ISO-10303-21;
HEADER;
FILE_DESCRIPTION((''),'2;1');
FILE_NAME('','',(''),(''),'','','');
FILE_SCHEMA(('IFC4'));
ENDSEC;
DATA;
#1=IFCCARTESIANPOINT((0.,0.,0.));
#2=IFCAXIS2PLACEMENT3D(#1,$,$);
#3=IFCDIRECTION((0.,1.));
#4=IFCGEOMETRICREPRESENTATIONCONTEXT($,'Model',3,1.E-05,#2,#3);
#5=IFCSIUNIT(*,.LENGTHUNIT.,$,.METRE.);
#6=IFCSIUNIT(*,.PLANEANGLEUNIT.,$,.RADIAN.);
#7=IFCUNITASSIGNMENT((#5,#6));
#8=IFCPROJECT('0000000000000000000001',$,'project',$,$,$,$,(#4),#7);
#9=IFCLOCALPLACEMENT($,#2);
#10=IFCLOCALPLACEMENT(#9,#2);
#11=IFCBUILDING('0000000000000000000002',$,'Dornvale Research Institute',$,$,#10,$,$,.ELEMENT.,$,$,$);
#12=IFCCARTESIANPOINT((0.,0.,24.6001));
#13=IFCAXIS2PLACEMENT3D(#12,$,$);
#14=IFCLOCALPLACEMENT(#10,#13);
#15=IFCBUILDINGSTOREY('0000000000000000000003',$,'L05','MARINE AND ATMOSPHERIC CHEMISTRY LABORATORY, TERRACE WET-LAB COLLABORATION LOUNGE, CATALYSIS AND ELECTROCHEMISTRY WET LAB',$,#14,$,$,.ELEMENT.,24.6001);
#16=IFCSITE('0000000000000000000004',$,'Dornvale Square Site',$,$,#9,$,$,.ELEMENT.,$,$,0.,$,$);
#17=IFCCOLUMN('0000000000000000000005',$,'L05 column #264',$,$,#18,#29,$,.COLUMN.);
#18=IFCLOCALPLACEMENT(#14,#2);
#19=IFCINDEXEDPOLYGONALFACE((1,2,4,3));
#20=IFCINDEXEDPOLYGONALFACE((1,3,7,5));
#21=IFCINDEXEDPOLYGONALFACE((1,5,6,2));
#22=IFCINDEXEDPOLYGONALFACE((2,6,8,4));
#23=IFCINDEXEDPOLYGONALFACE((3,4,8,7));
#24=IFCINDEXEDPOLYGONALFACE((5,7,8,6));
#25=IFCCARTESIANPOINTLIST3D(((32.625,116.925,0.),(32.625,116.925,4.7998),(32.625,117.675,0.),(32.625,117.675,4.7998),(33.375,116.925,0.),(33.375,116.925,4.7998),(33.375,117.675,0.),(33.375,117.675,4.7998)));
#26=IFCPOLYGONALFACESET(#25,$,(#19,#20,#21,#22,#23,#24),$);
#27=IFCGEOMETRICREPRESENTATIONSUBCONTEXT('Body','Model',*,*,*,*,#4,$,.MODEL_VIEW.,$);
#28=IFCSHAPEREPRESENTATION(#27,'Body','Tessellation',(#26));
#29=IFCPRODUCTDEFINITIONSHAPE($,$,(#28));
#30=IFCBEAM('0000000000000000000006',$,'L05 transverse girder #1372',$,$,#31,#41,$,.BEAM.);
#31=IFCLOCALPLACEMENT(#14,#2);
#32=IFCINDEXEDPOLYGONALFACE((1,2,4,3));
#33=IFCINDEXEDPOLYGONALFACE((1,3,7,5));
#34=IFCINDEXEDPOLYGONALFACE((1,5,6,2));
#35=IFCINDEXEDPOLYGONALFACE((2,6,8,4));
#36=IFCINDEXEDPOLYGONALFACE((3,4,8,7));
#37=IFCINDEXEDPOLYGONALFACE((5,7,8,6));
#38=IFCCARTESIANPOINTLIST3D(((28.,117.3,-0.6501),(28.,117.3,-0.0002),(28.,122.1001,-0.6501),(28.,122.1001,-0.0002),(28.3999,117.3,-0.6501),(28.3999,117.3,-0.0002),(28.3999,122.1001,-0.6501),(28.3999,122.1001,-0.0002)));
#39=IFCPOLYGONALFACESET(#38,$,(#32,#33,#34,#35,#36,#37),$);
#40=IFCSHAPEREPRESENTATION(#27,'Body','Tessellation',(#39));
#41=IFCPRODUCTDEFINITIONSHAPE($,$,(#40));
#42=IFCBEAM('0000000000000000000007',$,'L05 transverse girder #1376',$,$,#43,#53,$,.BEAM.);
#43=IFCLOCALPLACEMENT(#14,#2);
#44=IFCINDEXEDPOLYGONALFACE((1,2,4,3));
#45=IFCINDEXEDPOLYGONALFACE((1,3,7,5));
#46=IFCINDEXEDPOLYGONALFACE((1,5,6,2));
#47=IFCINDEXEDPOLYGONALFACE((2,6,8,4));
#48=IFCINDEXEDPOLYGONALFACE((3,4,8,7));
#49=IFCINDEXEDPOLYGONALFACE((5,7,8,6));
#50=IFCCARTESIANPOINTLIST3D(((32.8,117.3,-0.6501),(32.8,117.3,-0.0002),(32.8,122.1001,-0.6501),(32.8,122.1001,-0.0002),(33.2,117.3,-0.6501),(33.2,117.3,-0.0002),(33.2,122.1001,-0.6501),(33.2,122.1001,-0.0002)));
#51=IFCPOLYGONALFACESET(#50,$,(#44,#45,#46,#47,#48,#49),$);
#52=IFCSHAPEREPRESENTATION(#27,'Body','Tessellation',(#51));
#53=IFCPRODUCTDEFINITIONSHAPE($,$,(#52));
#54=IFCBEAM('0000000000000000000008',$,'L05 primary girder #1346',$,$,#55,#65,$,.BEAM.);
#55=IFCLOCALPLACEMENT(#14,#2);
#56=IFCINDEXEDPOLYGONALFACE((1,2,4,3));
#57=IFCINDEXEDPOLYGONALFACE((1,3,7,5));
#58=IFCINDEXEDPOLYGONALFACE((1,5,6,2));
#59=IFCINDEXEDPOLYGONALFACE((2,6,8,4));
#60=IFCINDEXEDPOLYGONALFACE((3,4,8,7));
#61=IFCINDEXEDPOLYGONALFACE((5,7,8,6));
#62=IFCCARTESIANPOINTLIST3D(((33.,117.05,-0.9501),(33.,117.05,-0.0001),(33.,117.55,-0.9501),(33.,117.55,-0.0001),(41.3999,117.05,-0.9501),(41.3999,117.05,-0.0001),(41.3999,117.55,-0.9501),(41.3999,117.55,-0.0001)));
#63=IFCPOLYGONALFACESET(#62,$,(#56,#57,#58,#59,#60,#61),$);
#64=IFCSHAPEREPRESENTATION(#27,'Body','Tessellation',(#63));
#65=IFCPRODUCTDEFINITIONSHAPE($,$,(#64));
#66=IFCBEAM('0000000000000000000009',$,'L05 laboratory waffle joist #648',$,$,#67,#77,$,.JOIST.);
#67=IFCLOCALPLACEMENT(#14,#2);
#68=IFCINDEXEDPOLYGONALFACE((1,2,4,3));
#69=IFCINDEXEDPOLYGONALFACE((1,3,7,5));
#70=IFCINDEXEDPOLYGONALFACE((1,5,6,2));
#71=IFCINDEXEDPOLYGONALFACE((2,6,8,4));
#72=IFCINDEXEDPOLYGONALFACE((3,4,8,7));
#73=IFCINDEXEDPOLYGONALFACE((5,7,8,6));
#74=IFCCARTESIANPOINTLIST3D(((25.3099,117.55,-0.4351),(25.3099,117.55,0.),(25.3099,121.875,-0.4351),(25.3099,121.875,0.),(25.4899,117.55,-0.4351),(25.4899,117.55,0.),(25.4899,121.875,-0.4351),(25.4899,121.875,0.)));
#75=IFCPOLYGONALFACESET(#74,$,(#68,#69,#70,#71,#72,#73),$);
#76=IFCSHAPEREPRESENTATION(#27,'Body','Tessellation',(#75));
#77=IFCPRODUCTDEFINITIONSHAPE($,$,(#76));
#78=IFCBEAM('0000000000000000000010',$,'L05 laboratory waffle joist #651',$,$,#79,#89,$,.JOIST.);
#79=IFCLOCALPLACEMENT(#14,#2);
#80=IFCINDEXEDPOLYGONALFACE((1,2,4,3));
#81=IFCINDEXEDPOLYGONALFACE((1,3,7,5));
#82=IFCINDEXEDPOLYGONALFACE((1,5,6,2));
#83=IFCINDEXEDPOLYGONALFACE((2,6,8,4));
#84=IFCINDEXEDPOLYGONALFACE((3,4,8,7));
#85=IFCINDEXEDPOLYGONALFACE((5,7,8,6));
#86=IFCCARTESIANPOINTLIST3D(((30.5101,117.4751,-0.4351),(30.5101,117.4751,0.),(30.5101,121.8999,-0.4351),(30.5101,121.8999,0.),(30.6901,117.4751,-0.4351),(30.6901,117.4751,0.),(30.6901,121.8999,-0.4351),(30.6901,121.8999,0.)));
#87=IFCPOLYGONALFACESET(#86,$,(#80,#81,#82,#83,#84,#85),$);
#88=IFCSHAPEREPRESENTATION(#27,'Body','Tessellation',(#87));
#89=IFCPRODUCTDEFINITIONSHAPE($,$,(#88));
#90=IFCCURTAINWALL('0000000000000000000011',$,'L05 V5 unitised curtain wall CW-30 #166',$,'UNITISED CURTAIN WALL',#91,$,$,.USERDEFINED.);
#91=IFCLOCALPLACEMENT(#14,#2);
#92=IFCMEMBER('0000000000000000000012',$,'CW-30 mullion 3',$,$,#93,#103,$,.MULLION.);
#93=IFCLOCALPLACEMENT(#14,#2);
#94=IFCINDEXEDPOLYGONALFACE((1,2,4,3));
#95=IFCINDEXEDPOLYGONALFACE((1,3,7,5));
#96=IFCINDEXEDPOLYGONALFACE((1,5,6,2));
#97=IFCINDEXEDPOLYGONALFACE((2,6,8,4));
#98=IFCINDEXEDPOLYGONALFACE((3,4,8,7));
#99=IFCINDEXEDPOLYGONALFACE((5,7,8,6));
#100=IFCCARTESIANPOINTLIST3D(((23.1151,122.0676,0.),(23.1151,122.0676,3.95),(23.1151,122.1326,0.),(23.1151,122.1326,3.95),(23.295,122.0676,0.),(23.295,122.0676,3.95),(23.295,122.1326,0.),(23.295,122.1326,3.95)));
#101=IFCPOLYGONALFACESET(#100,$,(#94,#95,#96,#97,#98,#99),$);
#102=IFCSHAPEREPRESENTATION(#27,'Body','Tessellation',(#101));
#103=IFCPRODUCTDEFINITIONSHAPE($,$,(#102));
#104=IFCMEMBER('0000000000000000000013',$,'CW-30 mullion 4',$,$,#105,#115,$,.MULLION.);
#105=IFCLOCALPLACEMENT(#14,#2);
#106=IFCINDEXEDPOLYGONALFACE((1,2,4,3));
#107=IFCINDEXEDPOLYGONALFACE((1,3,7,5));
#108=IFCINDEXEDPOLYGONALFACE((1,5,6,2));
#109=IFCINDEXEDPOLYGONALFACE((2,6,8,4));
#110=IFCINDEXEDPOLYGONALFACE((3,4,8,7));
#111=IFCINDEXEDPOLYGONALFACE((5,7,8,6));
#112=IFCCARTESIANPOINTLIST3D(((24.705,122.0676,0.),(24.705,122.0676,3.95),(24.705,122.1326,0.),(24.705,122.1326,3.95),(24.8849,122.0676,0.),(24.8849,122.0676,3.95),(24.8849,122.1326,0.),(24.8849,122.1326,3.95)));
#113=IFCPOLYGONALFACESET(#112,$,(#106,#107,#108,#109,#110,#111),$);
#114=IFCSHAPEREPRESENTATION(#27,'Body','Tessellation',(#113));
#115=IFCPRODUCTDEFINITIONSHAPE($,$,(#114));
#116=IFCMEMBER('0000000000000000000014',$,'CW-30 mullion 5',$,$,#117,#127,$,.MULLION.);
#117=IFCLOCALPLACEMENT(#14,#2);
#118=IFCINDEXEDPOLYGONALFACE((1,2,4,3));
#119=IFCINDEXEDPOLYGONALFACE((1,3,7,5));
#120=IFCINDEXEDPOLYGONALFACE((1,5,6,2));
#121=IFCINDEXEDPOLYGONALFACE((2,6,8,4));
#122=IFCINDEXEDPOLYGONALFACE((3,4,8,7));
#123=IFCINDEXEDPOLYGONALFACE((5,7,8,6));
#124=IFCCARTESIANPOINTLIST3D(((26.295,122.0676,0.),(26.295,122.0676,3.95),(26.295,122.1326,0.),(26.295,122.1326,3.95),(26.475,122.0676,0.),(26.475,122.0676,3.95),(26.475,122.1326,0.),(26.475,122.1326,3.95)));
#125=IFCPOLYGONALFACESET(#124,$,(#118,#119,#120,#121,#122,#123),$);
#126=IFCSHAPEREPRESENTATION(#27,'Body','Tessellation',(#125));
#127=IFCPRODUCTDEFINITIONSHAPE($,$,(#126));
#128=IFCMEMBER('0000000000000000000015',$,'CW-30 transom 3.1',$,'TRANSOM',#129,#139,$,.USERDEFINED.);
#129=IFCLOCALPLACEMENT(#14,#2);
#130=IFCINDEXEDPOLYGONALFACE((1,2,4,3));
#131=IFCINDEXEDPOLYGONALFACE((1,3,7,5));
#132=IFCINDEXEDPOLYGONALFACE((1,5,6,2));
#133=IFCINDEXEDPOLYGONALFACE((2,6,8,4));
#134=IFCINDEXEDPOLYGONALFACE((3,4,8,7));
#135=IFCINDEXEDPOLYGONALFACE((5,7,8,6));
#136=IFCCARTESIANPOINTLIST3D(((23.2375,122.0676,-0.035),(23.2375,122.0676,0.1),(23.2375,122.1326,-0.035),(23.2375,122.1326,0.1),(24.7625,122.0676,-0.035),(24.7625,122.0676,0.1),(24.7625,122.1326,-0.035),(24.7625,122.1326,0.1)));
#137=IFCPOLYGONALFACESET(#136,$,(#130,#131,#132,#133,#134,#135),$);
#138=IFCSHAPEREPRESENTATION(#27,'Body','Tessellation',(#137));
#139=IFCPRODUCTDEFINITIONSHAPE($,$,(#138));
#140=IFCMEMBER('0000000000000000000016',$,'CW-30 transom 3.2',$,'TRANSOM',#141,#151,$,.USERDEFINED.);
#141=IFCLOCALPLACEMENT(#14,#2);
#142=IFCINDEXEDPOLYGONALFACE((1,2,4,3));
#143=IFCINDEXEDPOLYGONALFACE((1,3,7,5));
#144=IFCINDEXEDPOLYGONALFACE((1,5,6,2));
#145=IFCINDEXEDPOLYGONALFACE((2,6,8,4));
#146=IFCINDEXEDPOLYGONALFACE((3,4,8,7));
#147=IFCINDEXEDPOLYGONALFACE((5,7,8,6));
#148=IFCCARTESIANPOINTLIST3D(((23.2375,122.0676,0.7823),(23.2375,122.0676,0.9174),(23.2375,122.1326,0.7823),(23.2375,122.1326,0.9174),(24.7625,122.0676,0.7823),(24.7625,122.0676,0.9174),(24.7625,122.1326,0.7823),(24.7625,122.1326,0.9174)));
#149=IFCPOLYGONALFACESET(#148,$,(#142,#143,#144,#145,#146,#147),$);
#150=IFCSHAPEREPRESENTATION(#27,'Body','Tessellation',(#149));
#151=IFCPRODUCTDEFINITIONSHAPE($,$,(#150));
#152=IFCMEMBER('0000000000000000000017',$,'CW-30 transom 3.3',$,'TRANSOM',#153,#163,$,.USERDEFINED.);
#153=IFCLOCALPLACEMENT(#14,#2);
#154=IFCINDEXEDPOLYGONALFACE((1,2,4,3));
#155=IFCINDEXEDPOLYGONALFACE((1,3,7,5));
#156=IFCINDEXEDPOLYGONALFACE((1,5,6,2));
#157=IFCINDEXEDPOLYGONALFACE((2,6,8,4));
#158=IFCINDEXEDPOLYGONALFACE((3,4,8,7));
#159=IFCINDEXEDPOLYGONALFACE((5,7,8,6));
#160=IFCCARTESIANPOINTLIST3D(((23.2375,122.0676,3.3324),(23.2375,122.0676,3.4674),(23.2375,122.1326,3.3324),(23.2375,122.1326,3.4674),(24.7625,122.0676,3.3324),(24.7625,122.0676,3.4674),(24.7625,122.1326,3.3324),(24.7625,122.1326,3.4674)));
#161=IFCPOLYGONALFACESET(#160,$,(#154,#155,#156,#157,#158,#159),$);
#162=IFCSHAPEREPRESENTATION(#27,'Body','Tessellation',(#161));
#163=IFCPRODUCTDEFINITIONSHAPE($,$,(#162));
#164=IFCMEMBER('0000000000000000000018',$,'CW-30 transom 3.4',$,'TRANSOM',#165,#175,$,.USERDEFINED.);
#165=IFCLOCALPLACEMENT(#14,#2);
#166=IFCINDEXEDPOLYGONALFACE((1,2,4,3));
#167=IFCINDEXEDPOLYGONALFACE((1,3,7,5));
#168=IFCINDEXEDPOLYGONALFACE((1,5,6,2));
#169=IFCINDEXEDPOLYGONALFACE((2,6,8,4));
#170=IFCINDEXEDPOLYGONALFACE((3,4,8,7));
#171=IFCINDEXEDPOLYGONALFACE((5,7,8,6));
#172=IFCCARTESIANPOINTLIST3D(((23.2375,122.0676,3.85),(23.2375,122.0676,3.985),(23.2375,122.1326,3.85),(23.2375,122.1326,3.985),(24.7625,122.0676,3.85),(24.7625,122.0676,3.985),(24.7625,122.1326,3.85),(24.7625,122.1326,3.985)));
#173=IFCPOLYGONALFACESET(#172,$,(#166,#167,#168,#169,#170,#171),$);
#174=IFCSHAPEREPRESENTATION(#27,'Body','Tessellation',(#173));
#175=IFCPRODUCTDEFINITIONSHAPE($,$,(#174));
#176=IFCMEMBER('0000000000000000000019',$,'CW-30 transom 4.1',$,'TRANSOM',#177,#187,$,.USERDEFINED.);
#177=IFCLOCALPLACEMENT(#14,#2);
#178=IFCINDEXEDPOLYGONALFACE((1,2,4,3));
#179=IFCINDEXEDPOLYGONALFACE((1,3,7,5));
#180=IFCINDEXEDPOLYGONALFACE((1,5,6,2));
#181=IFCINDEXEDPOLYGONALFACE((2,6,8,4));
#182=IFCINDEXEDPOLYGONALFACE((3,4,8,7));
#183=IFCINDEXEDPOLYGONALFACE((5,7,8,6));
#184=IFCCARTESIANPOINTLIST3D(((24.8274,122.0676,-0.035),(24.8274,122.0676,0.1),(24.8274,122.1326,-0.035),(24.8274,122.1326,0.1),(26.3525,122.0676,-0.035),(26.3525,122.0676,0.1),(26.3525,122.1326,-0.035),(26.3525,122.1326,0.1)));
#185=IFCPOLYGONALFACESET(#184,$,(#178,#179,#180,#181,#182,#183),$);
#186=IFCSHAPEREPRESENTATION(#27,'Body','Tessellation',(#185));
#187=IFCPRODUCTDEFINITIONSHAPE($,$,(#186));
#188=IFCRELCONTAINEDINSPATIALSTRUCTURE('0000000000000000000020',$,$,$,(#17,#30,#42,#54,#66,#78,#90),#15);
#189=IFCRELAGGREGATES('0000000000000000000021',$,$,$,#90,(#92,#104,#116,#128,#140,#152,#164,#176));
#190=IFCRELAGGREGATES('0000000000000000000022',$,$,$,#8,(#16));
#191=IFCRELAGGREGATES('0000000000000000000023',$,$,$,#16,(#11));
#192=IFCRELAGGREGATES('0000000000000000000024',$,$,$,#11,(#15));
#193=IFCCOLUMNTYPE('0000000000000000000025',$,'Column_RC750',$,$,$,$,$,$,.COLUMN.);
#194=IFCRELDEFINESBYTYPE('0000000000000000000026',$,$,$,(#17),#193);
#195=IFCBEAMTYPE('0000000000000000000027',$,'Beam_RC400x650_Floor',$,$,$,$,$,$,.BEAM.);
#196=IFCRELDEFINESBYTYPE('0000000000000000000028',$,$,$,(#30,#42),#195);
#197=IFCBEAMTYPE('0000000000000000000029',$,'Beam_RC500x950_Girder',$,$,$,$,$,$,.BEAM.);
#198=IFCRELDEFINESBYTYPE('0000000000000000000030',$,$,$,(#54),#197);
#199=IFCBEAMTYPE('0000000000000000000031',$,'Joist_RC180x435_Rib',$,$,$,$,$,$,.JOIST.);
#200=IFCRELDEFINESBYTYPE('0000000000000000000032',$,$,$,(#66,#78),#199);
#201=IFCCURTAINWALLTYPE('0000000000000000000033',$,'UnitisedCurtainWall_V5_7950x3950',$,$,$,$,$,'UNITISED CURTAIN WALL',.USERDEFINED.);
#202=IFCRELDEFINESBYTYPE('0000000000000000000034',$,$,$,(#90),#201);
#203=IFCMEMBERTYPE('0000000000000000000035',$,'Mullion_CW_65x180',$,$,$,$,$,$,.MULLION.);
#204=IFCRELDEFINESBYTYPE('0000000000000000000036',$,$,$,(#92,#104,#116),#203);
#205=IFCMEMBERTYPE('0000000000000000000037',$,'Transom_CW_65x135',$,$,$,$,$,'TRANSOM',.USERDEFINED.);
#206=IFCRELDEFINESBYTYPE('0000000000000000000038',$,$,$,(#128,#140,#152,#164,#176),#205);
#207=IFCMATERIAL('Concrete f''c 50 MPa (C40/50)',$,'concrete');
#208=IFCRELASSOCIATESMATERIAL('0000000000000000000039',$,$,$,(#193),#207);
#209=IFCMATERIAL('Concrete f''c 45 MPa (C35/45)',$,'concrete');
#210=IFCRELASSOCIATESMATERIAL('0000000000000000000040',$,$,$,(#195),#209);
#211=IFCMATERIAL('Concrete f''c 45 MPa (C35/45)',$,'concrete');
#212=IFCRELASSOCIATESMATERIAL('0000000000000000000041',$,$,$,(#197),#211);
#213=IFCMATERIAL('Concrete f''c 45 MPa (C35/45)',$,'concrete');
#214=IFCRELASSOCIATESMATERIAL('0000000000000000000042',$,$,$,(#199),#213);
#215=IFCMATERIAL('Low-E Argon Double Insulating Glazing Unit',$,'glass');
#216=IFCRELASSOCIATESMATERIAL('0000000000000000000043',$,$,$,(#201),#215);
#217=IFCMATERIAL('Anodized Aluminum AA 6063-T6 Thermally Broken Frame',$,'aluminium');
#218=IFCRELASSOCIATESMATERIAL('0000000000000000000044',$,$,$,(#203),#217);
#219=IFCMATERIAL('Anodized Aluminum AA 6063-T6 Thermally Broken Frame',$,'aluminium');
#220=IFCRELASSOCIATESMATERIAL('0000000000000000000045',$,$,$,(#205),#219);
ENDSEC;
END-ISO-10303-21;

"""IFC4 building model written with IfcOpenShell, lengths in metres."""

from ifc_helpers import new_model, si_unit, direction, frame, origin, origin_2d, place, context, subcontext, project, spatial, rectangle, extrude, material, material_profile, profile_set, type_object, element, aggregate, save


model = new_model("IFC4")

# Units and contexts
model_context = context("Model", 3, precision=1e-05, world=origin(), true_north=direction((0.0, 1.0)))
body_context = subcontext(model_context, "Body", "Model", "MODEL_VIEW")
ifc_project = project(units=[si_unit("LENGTHUNIT", "METRE"), si_unit("PLANEANGLEUNIT", "RADIAN")], contexts=[model_context])

# Site, building, storey
site_placement = place(None, origin())
site = spatial("IfcSite", under=ifc_project, at=site_placement, Name="Dornvale Square Site", CompositionType="ELEMENT", RefElevation=0.0)
building_placement = place(site_placement, origin())
building = spatial("IfcBuilding", under=site, at=building_placement, Name="Dornvale Research Institute", CompositionType="ELEMENT")
storey_placement = place(building_placement, frame((0.0, 0.0, 24.6001)))
storey = spatial("IfcBuildingStorey", under=building, at=storey_placement, Name="L05", Description="MARINE AND ATMOSPHERIC CHEMISTRY LABORATORY, TERRACE WET-LAB COLLABORATION LOUNGE, CATALYSIS AND ELECTROCHEMISTRY WET LAB", CompositionType="ELEMENT", Elevation=24.6001)

# Column
ifc_material_1 = material(Name="Concrete f'c 50 MPa (C40/50)", Category="concrete")
ifc_material_profile_1 = material_profile(ifc_material_1, rectangle(XDim=0.75, YDim=0.75, at=origin_2d()), Name="RC 750x750")
ifc_profile_set_1 = profile_set([ifc_material_profile_1], Name="Concrete f'c 50 MPa (C40/50)")
column_type = type_object("IfcColumnType", Name="Column_RC750", PredefinedType="COLUMN", material=ifc_profile_set_1)
column_placement = place(storey_placement, frame((33.0, 117.3, 0.0), z_axis=(0.0, 0.0, 1.0), x_axis=(1.0, 0.0, 0.0)))
element("IfcColumn", 1, at=column_placement, inside=storey, type_object=column_type, Name="L05 column #264", PredefinedType="COLUMN", context=body_context, shape_type="SweptSolid", body=[
    extrude(rectangle(XDim=0.75, YDim=0.75, at=origin_2d()), origin(), (0.0, 0.0, 1.0), 4.7998),
])

# Beams
ifc_material_2 = material(Name="Concrete f'c 45 MPa (C35/45)", Category="concrete")
ifc_material_profile_2 = material_profile(ifc_material_2, rectangle(XDim=0.3999, YDim=0.6499, at=origin_2d()), Name="RC 400x650")
ifc_profile_set_2 = profile_set([ifc_material_profile_2], Name="Concrete f'c 45 MPa (C35/45)")
beam_type_1 = type_object("IfcBeamType", Name="Beam_RC400x650_Floor", PredefinedType="BEAM", material=ifc_profile_set_2)
for number, where, z_axis, x_axis, name in (
    (2, (28.2, 117.3, -0.3252), (0.0, 1.0, 0.0), (-1.0, 0.0, 0.0), "L05 transverse girder #1372"),
    (3, (33.0, 117.3, -0.3252), (0.0, 1.0, 0.0), (-1.0, 0.0, 0.0), "L05 transverse girder #1376"),
):
    element("IfcBeam", number, at=place(storey_placement, frame(where, z_axis=z_axis, x_axis=x_axis)), inside=storey, type_object=beam_type_1, Name=name, PredefinedType="BEAM", context=body_context, shape_type="SweptSolid", body=[
        extrude(rectangle(XDim=0.3999, YDim=0.6499, at=origin_2d()), origin(), (0.0, 0.0, 1.0), 4.8),
    ])
ifc_material_3 = material(Name="Concrete f'c 45 MPa (C35/45)", Category="concrete")
ifc_material_profile_3 = material_profile(ifc_material_3, rectangle(XDim=0.5, YDim=0.95, at=origin_2d()), Name="RC 500x950")
ifc_profile_set_3 = profile_set([ifc_material_profile_3], Name="Concrete f'c 45 MPa (C35/45)")
beam_type_2 = type_object("IfcBeamType", Name="Beam_RC500x950_Girder", PredefinedType="BEAM", material=ifc_profile_set_3)
beam_1_placement = place(storey_placement, frame((33.0, 117.3, -0.4751), z_axis=(1.0, 0.0, 0.0), x_axis=(0.0, 1.0, 0.0)))
element("IfcBeam", 4, at=beam_1_placement, inside=storey, type_object=beam_type_2, Name="L05 primary girder #1346", PredefinedType="BEAM", context=body_context, shape_type="SweptSolid", body=[
    extrude(rectangle(XDim=0.5, YDim=0.95, at=origin_2d()), origin(), (0.0, 0.0, 1.0), 8.3999),
])
ifc_material_4 = material(Name="Concrete f'c 45 MPa (C35/45)", Category="concrete")
ifc_material_profile_4 = material_profile(ifc_material_4, rectangle(XDim=0.1799, YDim=0.4351, at=origin_2d()), Name="RC 180x435")
ifc_profile_set_4 = profile_set([ifc_material_profile_4], Name="Concrete f'c 45 MPa (C35/45)")
beam_type_3 = type_object("IfcBeamType", Name="Joist_RC180x435_Rib", PredefinedType="JOIST", material=ifc_profile_set_4)
beam_2_placement = place(storey_placement, frame((25.3999, 117.55, -0.2175), z_axis=(0.0, 1.0, 0.0), x_axis=(-1.0, 0.0, 0.0)))
element("IfcBeam", 5, at=beam_2_placement, inside=storey, type_object=beam_type_3, Name="L05 laboratory waffle joist #648", PredefinedType="JOIST", context=body_context, shape_type="SweptSolid", body=[
    extrude(rectangle(XDim=0.1799, YDim=0.4351, at=origin_2d()), origin(), (0.0, 0.0, 1.0), 4.325),
])
beam_3_placement = place(storey_placement, frame((30.6001, 117.4751, -0.2175), z_axis=(0.0, 1.0, 0.0), x_axis=(-1.0, 0.0, 0.0)))
element("IfcBeam", 6, at=beam_3_placement, inside=storey, type_object=beam_type_3, Name="L05 laboratory waffle joist #651", PredefinedType="JOIST", context=body_context, shape_type="SweptSolid", body=[
    extrude(rectangle(XDim=0.1799, YDim=0.4351, at=origin_2d()), origin(), (0.0, 0.0, 1.0), 4.4248),
])

# Curtain wall, members
ifc_material_5 = material(Name="Low-E Argon Double Insulating Glazing Unit", Category="glass")
curtain_wall_type = type_object("IfcCurtainWallType", Name="UnitisedCurtainWall_V5_7950x3950", ElementType="UNITISED CURTAIN WALL", PredefinedType="USERDEFINED", material=ifc_material_5)
curtain_wall_placement = place(storey_placement, origin())
curtain_wall = element("IfcCurtainWall", 7, at=curtain_wall_placement, inside=storey, type_object=curtain_wall_type, Name="L05 V5 unitised curtain wall CW-30 #166", ObjectType="UNITISED CURTAIN WALL", PredefinedType="USERDEFINED")
ifc_material_6 = material(Name="Anodized Aluminum AA 6063-T6 Thermally Broken Frame", Category="aluminium")
ifc_material_profile_5 = material_profile(ifc_material_6, rectangle(XDim=0.0649, YDim=0.1799, at=origin_2d()), Name="ALU MULLION 65x180")
ifc_profile_set_5 = profile_set([ifc_material_profile_5], Name="Anodized Aluminum AA 6063-T6 Thermally Broken Frame")
member_type_1 = type_object("IfcMemberType", Name="Mullion_CW_65x180", PredefinedType="MULLION", material=ifc_profile_set_5)
member_1_placement = place(storey_placement, frame((23.2051, 122.1001, 0.0), z_axis=(0.0, 0.0, 1.0), x_axis=(0.0, 1.0, 0.0)))
member_1 = element("IfcMember", 8, at=member_1_placement, type_object=member_type_1, Name="CW-30 mullion 3", PredefinedType="MULLION", context=body_context, shape_type="SweptSolid", body=[
    extrude(rectangle(XDim=0.0649, YDim=0.1799, at=origin_2d()), origin(), (0.0, 0.0, 1.0), 3.95),
])
member_2_placement = place(storey_placement, frame((24.7949, 122.1001, 0.0), z_axis=(0.0, 0.0, 1.0), x_axis=(0.0, 1.0, 0.0)))
member_2 = element("IfcMember", 9, at=member_2_placement, type_object=member_type_1, Name="CW-30 mullion 4", PredefinedType="MULLION", context=body_context, shape_type="SweptSolid", body=[
    extrude(rectangle(XDim=0.0649, YDim=0.1799, at=origin_2d()), origin(), (0.0, 0.0, 1.0), 3.95),
])
member_3_placement = place(storey_placement, frame((26.385, 122.1001, 0.0), z_axis=(0.0, 0.0, 1.0), x_axis=(0.0, 1.0, 0.0)))
member_3 = element("IfcMember", 10, at=member_3_placement, type_object=member_type_1, Name="CW-30 mullion 5", PredefinedType="MULLION", context=body_context, shape_type="SweptSolid", body=[
    extrude(rectangle(XDim=0.0649, YDim=0.1799, at=origin_2d()), origin(), (0.0, 0.0, 1.0), 3.95),
])
ifc_material_7 = material(Name="Anodized Aluminum AA 6063-T6 Thermally Broken Frame", Category="aluminium")
ifc_material_profile_6 = material_profile(ifc_material_7, rectangle(XDim=0.0649, YDim=0.135, at=origin_2d()), Name="ALU TRANSOM 65x135")
ifc_profile_set_6 = profile_set([ifc_material_profile_6], Name="Anodized Aluminum AA 6063-T6 Thermally Broken Frame")
member_type_2 = type_object("IfcMemberType", Name="Transom_CW_65x135", ElementType="TRANSOM", PredefinedType="USERDEFINED", material=ifc_profile_set_6)
member_4_placement = place(storey_placement, frame((23.2375, 122.1001, 0.0325), z_axis=(1.0, 0.0, 0.0), x_axis=(0.0, 1.0, 0.0)))
member_4 = element("IfcMember", 11, at=member_4_placement, type_object=member_type_2, Name="CW-30 transom 3.1", ObjectType="TRANSOM", PredefinedType="USERDEFINED", context=body_context, shape_type="SweptSolid", body=[
    extrude(rectangle(XDim=0.0649, YDim=0.135, at=origin_2d()), origin(), (0.0, 0.0, 1.0), 1.5249),
])
member_5_placement = place(storey_placement, frame((23.2375, 122.1001, 0.8499), z_axis=(1.0, 0.0, 0.0), x_axis=(0.0, 1.0, 0.0)))
member_5 = element("IfcMember", 12, at=member_5_placement, type_object=member_type_2, Name="CW-30 transom 3.2", ObjectType="TRANSOM", PredefinedType="USERDEFINED", context=body_context, shape_type="SweptSolid", body=[
    extrude(rectangle(XDim=0.0649, YDim=0.135, at=origin_2d()), origin(), (0.0, 0.0, 1.0), 1.5249),
])
member_6_placement = place(storey_placement, frame((23.2375, 122.1001, 3.3999), z_axis=(1.0, 0.0, 0.0), x_axis=(0.0, 1.0, 0.0)))
member_6 = element("IfcMember", 13, at=member_6_placement, type_object=member_type_2, Name="CW-30 transom 3.3", ObjectType="TRANSOM", PredefinedType="USERDEFINED", context=body_context, shape_type="SweptSolid", body=[
    extrude(rectangle(XDim=0.0649, YDim=0.135, at=origin_2d()), origin(), (0.0, 0.0, 1.0), 1.5249),
])
member_7_placement = place(storey_placement, frame((23.2375, 122.1001, 3.9175), z_axis=(1.0, 0.0, 0.0), x_axis=(0.0, 1.0, 0.0)))
member_7 = element("IfcMember", 14, at=member_7_placement, type_object=member_type_2, Name="CW-30 transom 3.4", ObjectType="TRANSOM", PredefinedType="USERDEFINED", context=body_context, shape_type="SweptSolid", body=[
    extrude(rectangle(XDim=0.0649, YDim=0.135, at=origin_2d()), origin(), (0.0, 0.0, 1.0), 1.5249),
])
member_8_placement = place(storey_placement, frame((24.8274, 122.1001, 0.0325), z_axis=(1.0, 0.0, 0.0), x_axis=(0.0, 1.0, 0.0)))
member_8 = element("IfcMember", 15, at=member_8_placement, type_object=member_type_2, Name="CW-30 transom 4.1", ObjectType="TRANSOM", PredefinedType="USERDEFINED", context=body_context, shape_type="SweptSolid", body=[
    extrude(rectangle(XDim=0.0649, YDim=0.135, at=origin_2d()), origin(), (0.0, 0.0, 1.0), 1.5251),
])
aggregate(curtain_wall, [member_1, member_2, member_3, member_4, member_5, member_6, member_7, member_8])

save(model, "model.ifc")
